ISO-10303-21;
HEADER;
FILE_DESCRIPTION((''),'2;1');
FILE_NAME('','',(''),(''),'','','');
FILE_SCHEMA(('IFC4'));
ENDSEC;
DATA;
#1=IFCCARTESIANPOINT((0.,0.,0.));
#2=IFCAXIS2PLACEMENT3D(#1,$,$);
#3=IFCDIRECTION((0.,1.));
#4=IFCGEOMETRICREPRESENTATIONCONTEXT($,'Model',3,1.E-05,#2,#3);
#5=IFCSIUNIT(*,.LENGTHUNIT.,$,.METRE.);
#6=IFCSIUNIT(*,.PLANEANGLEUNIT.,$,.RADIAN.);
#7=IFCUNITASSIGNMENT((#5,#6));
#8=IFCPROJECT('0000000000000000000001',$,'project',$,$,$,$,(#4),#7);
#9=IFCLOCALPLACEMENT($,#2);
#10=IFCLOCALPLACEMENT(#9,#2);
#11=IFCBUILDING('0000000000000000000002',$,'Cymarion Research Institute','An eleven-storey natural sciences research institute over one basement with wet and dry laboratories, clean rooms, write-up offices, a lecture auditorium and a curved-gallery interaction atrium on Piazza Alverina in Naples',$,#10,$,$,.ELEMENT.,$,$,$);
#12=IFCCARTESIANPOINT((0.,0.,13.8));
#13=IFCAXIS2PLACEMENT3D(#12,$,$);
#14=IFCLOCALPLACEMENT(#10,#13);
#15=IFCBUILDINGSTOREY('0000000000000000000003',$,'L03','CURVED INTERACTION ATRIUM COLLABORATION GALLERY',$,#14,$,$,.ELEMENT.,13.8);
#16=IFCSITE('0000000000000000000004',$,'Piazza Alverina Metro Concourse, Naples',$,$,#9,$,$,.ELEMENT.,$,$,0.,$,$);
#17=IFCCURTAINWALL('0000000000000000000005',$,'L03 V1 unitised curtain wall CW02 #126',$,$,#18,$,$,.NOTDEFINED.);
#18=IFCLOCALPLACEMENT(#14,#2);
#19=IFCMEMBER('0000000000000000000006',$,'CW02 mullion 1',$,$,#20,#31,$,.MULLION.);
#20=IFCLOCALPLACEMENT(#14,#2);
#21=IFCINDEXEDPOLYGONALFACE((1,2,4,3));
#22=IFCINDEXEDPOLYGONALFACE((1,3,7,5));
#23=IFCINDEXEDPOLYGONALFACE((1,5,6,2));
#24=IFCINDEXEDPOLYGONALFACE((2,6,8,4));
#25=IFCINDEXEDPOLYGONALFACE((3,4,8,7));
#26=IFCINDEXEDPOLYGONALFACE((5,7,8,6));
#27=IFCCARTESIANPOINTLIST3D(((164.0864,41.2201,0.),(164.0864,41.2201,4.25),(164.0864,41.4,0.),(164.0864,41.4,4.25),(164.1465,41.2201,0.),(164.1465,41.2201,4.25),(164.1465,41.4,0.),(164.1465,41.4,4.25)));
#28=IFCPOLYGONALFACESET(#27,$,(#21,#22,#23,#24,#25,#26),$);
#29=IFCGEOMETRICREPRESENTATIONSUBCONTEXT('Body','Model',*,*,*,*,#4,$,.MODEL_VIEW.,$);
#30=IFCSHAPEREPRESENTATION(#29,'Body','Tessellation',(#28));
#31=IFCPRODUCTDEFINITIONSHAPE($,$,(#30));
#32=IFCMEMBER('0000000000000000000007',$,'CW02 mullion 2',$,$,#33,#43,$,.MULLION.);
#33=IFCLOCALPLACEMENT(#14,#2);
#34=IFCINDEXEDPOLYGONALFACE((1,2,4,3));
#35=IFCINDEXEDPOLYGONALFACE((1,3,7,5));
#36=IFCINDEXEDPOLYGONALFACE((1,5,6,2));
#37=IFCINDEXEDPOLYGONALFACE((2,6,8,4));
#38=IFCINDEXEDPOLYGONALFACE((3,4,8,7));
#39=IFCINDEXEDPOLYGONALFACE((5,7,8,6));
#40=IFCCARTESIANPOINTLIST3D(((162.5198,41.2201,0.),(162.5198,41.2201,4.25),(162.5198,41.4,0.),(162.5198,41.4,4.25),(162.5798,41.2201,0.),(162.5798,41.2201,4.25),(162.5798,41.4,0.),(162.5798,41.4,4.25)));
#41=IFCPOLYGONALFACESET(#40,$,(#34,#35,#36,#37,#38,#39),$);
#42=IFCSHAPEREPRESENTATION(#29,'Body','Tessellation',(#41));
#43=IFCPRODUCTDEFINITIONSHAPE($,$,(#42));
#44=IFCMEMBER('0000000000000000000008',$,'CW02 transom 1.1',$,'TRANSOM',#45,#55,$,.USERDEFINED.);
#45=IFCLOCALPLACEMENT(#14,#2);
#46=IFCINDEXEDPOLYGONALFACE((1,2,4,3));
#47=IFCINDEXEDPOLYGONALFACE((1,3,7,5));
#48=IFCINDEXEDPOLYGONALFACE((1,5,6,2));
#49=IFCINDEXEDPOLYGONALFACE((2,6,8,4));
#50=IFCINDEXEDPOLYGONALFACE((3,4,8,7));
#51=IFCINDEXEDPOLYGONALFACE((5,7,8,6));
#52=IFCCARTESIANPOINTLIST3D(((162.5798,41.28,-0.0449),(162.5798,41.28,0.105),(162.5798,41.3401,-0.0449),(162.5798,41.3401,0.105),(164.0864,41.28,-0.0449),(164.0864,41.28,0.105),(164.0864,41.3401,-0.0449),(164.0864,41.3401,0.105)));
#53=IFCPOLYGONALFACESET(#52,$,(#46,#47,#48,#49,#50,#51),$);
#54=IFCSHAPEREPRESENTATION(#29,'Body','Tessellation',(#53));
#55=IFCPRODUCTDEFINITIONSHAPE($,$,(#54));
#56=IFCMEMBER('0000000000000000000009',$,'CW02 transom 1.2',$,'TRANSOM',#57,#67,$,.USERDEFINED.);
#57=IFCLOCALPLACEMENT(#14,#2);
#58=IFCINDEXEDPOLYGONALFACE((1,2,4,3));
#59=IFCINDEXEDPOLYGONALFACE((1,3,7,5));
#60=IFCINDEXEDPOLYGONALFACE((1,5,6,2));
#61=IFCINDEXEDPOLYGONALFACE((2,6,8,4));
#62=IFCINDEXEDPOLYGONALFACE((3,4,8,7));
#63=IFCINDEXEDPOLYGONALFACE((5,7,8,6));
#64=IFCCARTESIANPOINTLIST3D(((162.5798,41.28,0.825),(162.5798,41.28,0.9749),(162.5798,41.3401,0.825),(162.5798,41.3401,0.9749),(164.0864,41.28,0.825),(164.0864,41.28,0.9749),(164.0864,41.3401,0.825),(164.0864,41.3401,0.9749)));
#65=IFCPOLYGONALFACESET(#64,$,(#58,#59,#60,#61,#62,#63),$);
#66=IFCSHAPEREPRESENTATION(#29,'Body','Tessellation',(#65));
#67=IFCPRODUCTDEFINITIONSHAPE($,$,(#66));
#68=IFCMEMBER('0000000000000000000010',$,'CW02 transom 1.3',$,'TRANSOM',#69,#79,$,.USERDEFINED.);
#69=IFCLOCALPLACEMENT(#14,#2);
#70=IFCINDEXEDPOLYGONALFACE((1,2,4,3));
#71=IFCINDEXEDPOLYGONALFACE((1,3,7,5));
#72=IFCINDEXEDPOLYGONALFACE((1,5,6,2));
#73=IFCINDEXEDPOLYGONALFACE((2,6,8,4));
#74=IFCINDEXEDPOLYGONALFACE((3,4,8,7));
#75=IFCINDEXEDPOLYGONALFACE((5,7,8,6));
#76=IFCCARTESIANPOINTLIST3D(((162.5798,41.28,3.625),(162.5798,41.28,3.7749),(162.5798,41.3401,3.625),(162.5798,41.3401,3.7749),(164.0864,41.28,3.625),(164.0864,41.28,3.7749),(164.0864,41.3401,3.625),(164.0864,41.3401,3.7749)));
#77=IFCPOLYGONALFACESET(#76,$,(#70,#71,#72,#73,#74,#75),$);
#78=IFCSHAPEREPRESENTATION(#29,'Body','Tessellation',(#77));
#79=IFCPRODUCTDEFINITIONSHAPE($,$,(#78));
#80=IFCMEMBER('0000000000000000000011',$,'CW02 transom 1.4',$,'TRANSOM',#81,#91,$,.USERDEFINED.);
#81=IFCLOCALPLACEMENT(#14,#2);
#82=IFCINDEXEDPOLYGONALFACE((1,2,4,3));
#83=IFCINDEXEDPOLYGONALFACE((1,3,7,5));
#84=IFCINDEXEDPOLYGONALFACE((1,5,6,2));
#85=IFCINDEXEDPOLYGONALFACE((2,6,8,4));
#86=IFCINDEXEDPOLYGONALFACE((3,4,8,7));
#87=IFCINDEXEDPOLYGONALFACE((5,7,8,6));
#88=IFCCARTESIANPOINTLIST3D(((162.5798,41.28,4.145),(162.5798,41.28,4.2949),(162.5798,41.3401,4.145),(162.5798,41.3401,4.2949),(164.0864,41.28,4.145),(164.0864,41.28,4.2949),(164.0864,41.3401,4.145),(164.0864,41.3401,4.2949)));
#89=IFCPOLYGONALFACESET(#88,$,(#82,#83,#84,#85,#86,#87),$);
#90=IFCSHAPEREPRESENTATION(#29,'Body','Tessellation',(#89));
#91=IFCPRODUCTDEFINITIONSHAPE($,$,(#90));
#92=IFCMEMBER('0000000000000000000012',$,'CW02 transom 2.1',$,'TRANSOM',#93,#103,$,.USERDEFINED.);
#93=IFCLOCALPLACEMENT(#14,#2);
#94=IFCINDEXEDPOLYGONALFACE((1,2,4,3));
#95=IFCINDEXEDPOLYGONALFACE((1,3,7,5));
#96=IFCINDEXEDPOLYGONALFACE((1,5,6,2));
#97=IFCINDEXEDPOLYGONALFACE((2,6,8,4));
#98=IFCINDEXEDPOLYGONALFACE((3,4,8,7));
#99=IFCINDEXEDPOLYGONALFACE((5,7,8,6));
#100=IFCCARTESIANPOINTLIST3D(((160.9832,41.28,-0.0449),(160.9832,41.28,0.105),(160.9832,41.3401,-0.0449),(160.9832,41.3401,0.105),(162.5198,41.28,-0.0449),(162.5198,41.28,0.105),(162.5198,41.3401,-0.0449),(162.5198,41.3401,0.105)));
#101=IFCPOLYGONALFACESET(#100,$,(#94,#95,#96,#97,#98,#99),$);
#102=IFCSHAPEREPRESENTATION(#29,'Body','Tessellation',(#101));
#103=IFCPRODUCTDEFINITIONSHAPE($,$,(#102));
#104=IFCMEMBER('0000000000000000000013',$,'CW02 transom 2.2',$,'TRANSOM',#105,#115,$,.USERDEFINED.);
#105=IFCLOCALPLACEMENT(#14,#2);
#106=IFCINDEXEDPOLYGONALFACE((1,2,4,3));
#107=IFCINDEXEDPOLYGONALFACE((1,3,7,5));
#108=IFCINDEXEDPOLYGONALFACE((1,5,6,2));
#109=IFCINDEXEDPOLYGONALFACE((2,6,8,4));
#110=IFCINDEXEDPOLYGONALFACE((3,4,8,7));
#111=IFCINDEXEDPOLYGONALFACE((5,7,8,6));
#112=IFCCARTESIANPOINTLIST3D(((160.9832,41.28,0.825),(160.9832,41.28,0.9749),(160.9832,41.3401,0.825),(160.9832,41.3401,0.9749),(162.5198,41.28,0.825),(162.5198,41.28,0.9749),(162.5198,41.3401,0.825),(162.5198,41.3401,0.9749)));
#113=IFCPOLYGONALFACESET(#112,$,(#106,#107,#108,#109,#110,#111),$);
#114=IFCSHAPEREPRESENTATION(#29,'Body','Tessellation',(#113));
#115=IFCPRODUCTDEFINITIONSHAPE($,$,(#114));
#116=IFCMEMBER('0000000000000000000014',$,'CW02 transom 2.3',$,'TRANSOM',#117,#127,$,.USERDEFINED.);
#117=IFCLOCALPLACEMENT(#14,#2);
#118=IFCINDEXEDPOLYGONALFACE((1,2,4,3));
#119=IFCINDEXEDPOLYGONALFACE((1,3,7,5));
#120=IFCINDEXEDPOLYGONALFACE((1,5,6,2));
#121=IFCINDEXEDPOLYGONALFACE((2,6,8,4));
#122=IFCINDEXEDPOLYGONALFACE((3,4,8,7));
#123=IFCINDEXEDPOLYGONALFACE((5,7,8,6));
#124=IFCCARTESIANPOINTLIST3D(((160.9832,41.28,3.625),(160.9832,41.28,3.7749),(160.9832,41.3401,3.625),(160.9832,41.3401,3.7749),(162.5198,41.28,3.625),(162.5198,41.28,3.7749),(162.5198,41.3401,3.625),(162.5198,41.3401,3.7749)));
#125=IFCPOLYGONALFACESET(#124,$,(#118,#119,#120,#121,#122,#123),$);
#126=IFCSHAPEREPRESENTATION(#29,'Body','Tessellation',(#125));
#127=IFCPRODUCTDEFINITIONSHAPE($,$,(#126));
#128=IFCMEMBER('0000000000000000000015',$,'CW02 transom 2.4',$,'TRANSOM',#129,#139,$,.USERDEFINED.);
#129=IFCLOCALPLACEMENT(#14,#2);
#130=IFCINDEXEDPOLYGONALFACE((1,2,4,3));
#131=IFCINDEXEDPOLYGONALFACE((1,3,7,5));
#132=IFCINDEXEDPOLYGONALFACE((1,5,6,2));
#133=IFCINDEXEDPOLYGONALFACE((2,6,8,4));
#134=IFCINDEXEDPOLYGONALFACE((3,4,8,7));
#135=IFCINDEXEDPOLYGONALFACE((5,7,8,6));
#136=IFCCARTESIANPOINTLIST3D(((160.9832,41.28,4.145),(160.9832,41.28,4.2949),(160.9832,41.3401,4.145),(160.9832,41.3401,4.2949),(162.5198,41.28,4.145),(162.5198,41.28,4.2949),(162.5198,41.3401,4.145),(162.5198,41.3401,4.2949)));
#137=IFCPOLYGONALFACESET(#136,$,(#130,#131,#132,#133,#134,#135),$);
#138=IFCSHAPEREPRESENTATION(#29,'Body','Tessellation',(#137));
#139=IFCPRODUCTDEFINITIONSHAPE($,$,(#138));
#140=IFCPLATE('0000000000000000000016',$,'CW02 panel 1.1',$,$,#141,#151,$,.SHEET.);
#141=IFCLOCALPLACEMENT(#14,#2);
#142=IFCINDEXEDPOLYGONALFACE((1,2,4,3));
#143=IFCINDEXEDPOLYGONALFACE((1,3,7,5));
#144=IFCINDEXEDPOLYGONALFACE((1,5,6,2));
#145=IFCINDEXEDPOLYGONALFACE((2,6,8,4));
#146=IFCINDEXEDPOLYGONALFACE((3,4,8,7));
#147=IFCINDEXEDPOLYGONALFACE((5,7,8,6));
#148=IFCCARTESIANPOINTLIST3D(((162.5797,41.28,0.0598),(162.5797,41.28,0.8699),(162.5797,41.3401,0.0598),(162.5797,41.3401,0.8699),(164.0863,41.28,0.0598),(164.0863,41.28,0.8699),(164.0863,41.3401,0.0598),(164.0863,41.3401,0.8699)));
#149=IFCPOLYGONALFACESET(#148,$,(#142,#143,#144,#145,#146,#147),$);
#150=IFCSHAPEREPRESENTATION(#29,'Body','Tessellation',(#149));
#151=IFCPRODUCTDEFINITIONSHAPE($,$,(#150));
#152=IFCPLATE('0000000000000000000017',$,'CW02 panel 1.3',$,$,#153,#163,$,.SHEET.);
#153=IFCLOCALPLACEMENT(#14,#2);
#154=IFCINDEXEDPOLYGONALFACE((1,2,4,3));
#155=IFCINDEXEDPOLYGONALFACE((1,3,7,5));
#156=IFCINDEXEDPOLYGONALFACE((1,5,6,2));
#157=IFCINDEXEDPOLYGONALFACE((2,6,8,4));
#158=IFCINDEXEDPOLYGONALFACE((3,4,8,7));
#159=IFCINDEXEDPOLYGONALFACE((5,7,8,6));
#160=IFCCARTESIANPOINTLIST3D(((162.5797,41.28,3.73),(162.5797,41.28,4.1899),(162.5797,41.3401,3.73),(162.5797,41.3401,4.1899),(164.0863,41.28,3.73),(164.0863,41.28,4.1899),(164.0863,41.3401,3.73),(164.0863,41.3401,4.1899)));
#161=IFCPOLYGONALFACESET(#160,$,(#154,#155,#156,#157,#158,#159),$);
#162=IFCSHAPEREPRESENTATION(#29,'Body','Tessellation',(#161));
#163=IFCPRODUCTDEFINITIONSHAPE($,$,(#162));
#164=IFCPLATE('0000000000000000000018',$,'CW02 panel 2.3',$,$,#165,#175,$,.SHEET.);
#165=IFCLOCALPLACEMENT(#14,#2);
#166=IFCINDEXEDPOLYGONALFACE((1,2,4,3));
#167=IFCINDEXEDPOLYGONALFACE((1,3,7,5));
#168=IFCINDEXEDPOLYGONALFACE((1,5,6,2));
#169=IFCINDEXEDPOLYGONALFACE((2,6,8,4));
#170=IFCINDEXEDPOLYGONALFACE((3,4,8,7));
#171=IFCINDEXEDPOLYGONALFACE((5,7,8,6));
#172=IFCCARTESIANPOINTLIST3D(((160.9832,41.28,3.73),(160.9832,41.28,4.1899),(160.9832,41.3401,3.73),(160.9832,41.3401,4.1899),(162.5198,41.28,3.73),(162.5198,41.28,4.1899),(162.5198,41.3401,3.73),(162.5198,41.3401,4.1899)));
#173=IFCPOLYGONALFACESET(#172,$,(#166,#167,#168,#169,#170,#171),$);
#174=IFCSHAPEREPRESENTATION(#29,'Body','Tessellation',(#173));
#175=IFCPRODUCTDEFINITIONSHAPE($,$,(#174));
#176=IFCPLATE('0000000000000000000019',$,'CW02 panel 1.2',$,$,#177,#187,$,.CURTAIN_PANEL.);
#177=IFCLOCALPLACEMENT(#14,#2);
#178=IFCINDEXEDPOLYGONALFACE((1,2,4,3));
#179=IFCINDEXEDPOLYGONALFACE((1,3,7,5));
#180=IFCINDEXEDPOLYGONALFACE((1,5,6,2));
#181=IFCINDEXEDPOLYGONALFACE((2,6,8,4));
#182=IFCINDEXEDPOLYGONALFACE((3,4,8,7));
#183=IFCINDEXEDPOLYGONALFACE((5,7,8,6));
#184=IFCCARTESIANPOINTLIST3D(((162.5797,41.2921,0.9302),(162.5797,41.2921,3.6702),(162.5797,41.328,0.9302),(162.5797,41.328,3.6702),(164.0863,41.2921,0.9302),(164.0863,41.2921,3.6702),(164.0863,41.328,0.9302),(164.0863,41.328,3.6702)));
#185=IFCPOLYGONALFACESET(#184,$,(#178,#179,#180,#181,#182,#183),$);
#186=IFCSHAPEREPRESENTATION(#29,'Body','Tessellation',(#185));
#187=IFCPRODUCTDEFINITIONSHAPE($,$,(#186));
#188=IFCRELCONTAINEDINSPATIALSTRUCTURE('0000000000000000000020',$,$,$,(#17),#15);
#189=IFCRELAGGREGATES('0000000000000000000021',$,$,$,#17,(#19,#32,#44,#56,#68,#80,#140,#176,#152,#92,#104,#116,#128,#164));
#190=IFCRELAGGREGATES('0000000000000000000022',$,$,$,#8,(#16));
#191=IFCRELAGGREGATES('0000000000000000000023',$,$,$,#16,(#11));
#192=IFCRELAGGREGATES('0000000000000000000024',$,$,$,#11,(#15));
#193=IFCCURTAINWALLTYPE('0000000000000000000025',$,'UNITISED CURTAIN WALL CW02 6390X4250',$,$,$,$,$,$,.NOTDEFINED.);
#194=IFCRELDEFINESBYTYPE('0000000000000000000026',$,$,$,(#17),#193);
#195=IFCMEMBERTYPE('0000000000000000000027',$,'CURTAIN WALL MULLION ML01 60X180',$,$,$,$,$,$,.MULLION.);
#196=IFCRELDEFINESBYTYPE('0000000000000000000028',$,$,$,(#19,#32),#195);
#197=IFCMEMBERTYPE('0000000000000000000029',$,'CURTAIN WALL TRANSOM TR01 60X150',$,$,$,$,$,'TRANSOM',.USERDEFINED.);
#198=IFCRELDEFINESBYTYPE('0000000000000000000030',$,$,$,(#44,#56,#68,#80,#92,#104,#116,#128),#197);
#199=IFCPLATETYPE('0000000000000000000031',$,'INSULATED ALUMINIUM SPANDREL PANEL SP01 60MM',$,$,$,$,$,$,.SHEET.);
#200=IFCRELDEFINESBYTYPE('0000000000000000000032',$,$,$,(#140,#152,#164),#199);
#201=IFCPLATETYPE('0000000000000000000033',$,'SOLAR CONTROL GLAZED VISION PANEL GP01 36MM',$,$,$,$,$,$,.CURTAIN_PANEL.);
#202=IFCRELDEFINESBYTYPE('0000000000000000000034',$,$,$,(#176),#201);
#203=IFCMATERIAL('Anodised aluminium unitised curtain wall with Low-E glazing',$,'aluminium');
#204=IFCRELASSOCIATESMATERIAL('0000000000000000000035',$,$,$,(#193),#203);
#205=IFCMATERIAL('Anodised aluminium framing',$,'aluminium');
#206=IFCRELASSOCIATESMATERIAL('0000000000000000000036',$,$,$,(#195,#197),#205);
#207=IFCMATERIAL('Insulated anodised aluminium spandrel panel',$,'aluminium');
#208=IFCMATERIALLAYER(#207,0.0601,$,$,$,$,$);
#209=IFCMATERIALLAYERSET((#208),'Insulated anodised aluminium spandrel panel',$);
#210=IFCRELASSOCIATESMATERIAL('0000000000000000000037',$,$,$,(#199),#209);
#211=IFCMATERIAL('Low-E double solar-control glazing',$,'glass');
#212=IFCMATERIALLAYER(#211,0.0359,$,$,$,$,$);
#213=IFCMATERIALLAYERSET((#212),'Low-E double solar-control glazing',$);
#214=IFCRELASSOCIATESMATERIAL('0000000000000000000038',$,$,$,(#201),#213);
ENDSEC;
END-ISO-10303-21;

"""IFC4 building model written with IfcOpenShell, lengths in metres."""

from ifc_helpers import new_model, si_unit, direction, frame, origin, origin_2d, place, context, subcontext, project, spatial, rectangle, extrude, material, layer, layer_set, material_profile, profile_set, type_object, element, aggregate, save


model = new_model("IFC4")

# Units and contexts
model_context = context("Model", 3, precision=1e-05, world=origin(), true_north=direction((0.0, 1.0)))
body_context = subcontext(model_context, "Body", "Model", "MODEL_VIEW")
ifc_project = project(units=[si_unit("LENGTHUNIT", "METRE"), si_unit("PLANEANGLEUNIT", "RADIAN")], contexts=[model_context])

# Site, building, storey
site_placement = place(None, origin())
site = spatial("IfcSite", under=ifc_project, at=site_placement, Name="Piazza Alverina Metro Concourse, Naples", CompositionType="ELEMENT", RefElevation=0.0)
building_placement = place(site_placement, origin())
building = spatial("IfcBuilding", under=site, at=building_placement, Name="Cymarion Research Institute", Description="An eleven-storey natural sciences research institute over one basement with wet and dry laboratories, clean rooms, write-up offices, a lecture auditorium and a curved-gallery interaction atrium on Piazza Alverina in Naples", CompositionType="ELEMENT")
storey_placement = place(building_placement, frame((0.0, 0.0, 13.8)))
storey = spatial("IfcBuildingStorey", under=building, at=storey_placement, Name="L03", Description="CURVED INTERACTION ATRIUM COLLABORATION GALLERY", CompositionType="ELEMENT", Elevation=13.8)

# Curtain wall, members, plates
ifc_material_1 = material(Name="Anodised aluminium unitised curtain wall with Low-E glazing", Category="aluminium")
curtain_wall_type = type_object("IfcCurtainWallType", Name="UNITISED CURTAIN WALL CW02 6390X4250", PredefinedType="NOTDEFINED", material=ifc_material_1)
curtain_wall_placement = place(storey_placement, origin())
curtain_wall = element("IfcCurtainWall", 1, at=curtain_wall_placement, inside=storey, type_object=curtain_wall_type, Name="L03 V1 unitised curtain wall CW02 #126", PredefinedType="NOTDEFINED")
ifc_material_2 = material(Name="Anodised aluminium framing", Category="aluminium")
ifc_material_profile_1 = material_profile(ifc_material_2, rectangle(XDim=0.0601, YDim=0.1799, at=origin_2d()), Name="ALU MULLION 60x180")
ifc_profile_set_1 = profile_set([ifc_material_profile_1], Name="Anodised aluminium framing")
member_type_1 = type_object("IfcMemberType", Name="CURTAIN WALL MULLION ML01 60X180", PredefinedType="MULLION", material=ifc_profile_set_1)
member_1_placement = place(storey_placement, frame((164.1165, 41.3101, 0.0), z_axis=(0.0, 0.0, 1.0), x_axis=(-1.0, 0.0, 0.0)))
member_1 = element("IfcMember", 2, at=member_1_placement, type_object=member_type_1, Name="CW02 mullion 1", PredefinedType="MULLION", context=body_context, shape_type="SweptSolid", body=[
    extrude(rectangle(XDim=0.0601, YDim=0.1799, at=origin_2d()), origin(), (0.0, 0.0, 1.0), 4.25),
])
member_2_placement = place(storey_placement, frame((162.5498, 41.3101, 0.0), z_axis=(0.0, 0.0, 1.0), x_axis=(-1.0, 0.0, 0.0)))
member_2 = element("IfcMember", 3, at=member_2_placement, type_object=member_type_1, Name="CW02 mullion 2", PredefinedType="MULLION", context=body_context, shape_type="SweptSolid", body=[
    extrude(rectangle(XDim=0.0601, YDim=0.1799, at=origin_2d()), origin(), (0.0, 0.0, 1.0), 4.25),
])
ifc_material_profile_2 = material_profile(ifc_material_2, rectangle(XDim=0.0601, YDim=0.1499, at=origin_2d()), Name="ALU TRANSOM 60x150")
ifc_profile_set_2 = profile_set([ifc_material_profile_2], Name="Anodised aluminium framing")
member_type_2 = type_object("IfcMemberType", Name="CURTAIN WALL TRANSOM TR01 60X150", ElementType="TRANSOM", PredefinedType="USERDEFINED", material=ifc_profile_set_2)
member_3_placement = place(storey_placement, frame((164.0864, 41.3101, 0.03), z_axis=(-1.0, 0.0, 0.0), x_axis=(0.0, -1.0, 0.0)))
member_3 = element("IfcMember", 4, at=member_3_placement, type_object=member_type_2, Name="CW02 transom 1.1", ObjectType="TRANSOM", PredefinedType="USERDEFINED", context=body_context, shape_type="SweptSolid", body=[
    extrude(rectangle(XDim=0.0601, YDim=0.1499, at=origin_2d()), origin(), (0.0, 0.0, 1.0), 1.5066),
])
member_4_placement = place(storey_placement, frame((164.0864, 41.3101, 0.8999), z_axis=(-1.0, 0.0, 0.0), x_axis=(0.0, -1.0, 0.0)))
member_4 = element("IfcMember", 5, at=member_4_placement, type_object=member_type_2, Name="CW02 transom 1.2", ObjectType="TRANSOM", PredefinedType="USERDEFINED", context=body_context, shape_type="SweptSolid", body=[
    extrude(rectangle(XDim=0.0601, YDim=0.1499, at=origin_2d()), origin(), (0.0, 0.0, 1.0), 1.5066),
])
member_5_placement = place(storey_placement, frame((164.0864, 41.3101, 3.7), z_axis=(-1.0, 0.0, 0.0), x_axis=(0.0, -1.0, 0.0)))
member_5 = element("IfcMember", 6, at=member_5_placement, type_object=member_type_2, Name="CW02 transom 1.3", ObjectType="TRANSOM", PredefinedType="USERDEFINED", context=body_context, shape_type="SweptSolid", body=[
    extrude(rectangle(XDim=0.0601, YDim=0.1499, at=origin_2d()), origin(), (0.0, 0.0, 1.0), 1.5066),
])
member_6_placement = place(storey_placement, frame((164.0864, 41.3101, 4.22), z_axis=(-1.0, 0.0, 0.0), x_axis=(0.0, -1.0, 0.0)))
member_6 = element("IfcMember", 7, at=member_6_placement, type_object=member_type_2, Name="CW02 transom 1.4", ObjectType="TRANSOM", PredefinedType="USERDEFINED", context=body_context, shape_type="SweptSolid", body=[
    extrude(rectangle(XDim=0.0601, YDim=0.1499, at=origin_2d()), origin(), (0.0, 0.0, 1.0), 1.5066),
])
member_7_placement = place(storey_placement, frame((162.5198, 41.3101, 0.03), z_axis=(-1.0, 0.0, 0.0), x_axis=(0.0, -1.0, 0.0)))
member_7 = element("IfcMember", 8, at=member_7_placement, type_object=member_type_2, Name="CW02 transom 2.1", ObjectType="TRANSOM", PredefinedType="USERDEFINED", context=body_context, shape_type="SweptSolid", body=[
    extrude(rectangle(XDim=0.0601, YDim=0.1499, at=origin_2d()), origin(), (0.0, 0.0, 1.0), 1.5366),
])
member_8_placement = place(storey_placement, frame((162.5198, 41.3101, 0.8999), z_axis=(-1.0, 0.0, 0.0), x_axis=(0.0, -1.0, 0.0)))
member_8 = element("IfcMember", 9, at=member_8_placement, type_object=member_type_2, Name="CW02 transom 2.2", ObjectType="TRANSOM", PredefinedType="USERDEFINED", context=body_context, shape_type="SweptSolid", body=[
    extrude(rectangle(XDim=0.0601, YDim=0.1499, at=origin_2d()), origin(), (0.0, 0.0, 1.0), 1.5366),
])
member_9_placement = place(storey_placement, frame((162.5198, 41.3101, 3.7), z_axis=(-1.0, 0.0, 0.0), x_axis=(0.0, -1.0, 0.0)))
member_9 = element("IfcMember", 10, at=member_9_placement, type_object=member_type_2, Name="CW02 transom 2.3", ObjectType="TRANSOM", PredefinedType="USERDEFINED", context=body_context, shape_type="SweptSolid", body=[
    extrude(rectangle(XDim=0.0601, YDim=0.1499, at=origin_2d()), origin(), (0.0, 0.0, 1.0), 1.5366),
])
member_10_placement = place(storey_placement, frame((162.5198, 41.3101, 4.22), z_axis=(-1.0, 0.0, 0.0), x_axis=(0.0, -1.0, 0.0)))
member_10 = element("IfcMember", 11, at=member_10_placement, type_object=member_type_2, Name="CW02 transom 2.4", ObjectType="TRANSOM", PredefinedType="USERDEFINED", context=body_context, shape_type="SweptSolid", body=[
    extrude(rectangle(XDim=0.0601, YDim=0.1499, at=origin_2d()), origin(), (0.0, 0.0, 1.0), 1.5366),
])
ifc_material_3 = material(Name="Insulated anodised aluminium spandrel panel", Category="aluminium")
ifc_layer_1 = layer(ifc_material_3, 0.0601)
ifc_layer_set_1 = layer_set([ifc_layer_1], Name="Insulated anodised aluminium spandrel panel")
plate_type_1 = type_object("IfcPlateType", Name="INSULATED ALUMINIUM SPANDREL PANEL SP01 60MM", PredefinedType="SHEET", material=ifc_layer_set_1)
plate_1_placement = place(storey_placement, frame((163.333, 41.3101, 0.0598), z_axis=(0.0, 0.0, 1.0), x_axis=(-1.0, 0.0, 0.0)))
plate_1 = element("IfcPlate", 12, at=plate_1_placement, type_object=plate_type_1, Name="CW02 panel 1.1", PredefinedType="SHEET", context=body_context, shape_type="SweptSolid", body=[
    extrude(rectangle(XDim=1.5066, YDim=0.0601, at=origin_2d()), origin(), (0.0, 0.0, 1.0), 0.8101),
])
plate_2_placement = place(storey_placement, frame((163.333, 41.3101, 3.73), z_axis=(0.0, 0.0, 1.0), x_axis=(-1.0, 0.0, 0.0)))
plate_2 = element("IfcPlate", 13, at=plate_2_placement, type_object=plate_type_1, Name="CW02 panel 1.3", PredefinedType="SHEET", context=body_context, shape_type="SweptSolid", body=[
    extrude(rectangle(XDim=1.5066, YDim=0.0601, at=origin_2d()), origin(), (0.0, 0.0, 1.0), 0.46),
])
plate_3_placement = place(storey_placement, frame((161.7515, 41.3101, 3.73), z_axis=(0.0, 0.0, 1.0), x_axis=(-1.0, 0.0, 0.0)))
plate_3 = element("IfcPlate", 14, at=plate_3_placement, type_object=plate_type_1, Name="CW02 panel 2.3", PredefinedType="SHEET", context=body_context, shape_type="SweptSolid", body=[
    extrude(rectangle(XDim=1.5366, YDim=0.0601, at=origin_2d()), origin(), (0.0, 0.0, 1.0), 0.46),
])
ifc_material_4 = material(Name="Low-E double solar-control glazing", Category="glass")
ifc_layer_2 = layer(ifc_material_4, 0.0359)
ifc_layer_set_2 = layer_set([ifc_layer_2], Name="Low-E double solar-control glazing")
plate_type_2 = type_object("IfcPlateType", Name="SOLAR CONTROL GLAZED VISION PANEL GP01 36MM", PredefinedType="CURTAIN_PANEL", material=ifc_layer_set_2)
plate_4_placement = place(storey_placement, frame((163.333, 41.3101, 0.9302), z_axis=(0.0, 0.0, 1.0), x_axis=(-1.0, 0.0, 0.0)))
plate_4 = element("IfcPlate", 15, at=plate_4_placement, type_object=plate_type_2, Name="CW02 panel 1.2", PredefinedType="CURTAIN_PANEL", context=body_context, shape_type="SweptSolid", body=[
    extrude(rectangle(XDim=1.5066, YDim=0.0359, at=origin_2d()), origin(), (0.0, 0.0, 1.0), 2.74),
])
aggregate(curtain_wall, [member_1, member_2, member_3, member_4, member_5, member_6, plate_1, plate_4, plate_2, member_7, member_8, member_9, member_10, plate_3])

save(model, "model.ifc")
